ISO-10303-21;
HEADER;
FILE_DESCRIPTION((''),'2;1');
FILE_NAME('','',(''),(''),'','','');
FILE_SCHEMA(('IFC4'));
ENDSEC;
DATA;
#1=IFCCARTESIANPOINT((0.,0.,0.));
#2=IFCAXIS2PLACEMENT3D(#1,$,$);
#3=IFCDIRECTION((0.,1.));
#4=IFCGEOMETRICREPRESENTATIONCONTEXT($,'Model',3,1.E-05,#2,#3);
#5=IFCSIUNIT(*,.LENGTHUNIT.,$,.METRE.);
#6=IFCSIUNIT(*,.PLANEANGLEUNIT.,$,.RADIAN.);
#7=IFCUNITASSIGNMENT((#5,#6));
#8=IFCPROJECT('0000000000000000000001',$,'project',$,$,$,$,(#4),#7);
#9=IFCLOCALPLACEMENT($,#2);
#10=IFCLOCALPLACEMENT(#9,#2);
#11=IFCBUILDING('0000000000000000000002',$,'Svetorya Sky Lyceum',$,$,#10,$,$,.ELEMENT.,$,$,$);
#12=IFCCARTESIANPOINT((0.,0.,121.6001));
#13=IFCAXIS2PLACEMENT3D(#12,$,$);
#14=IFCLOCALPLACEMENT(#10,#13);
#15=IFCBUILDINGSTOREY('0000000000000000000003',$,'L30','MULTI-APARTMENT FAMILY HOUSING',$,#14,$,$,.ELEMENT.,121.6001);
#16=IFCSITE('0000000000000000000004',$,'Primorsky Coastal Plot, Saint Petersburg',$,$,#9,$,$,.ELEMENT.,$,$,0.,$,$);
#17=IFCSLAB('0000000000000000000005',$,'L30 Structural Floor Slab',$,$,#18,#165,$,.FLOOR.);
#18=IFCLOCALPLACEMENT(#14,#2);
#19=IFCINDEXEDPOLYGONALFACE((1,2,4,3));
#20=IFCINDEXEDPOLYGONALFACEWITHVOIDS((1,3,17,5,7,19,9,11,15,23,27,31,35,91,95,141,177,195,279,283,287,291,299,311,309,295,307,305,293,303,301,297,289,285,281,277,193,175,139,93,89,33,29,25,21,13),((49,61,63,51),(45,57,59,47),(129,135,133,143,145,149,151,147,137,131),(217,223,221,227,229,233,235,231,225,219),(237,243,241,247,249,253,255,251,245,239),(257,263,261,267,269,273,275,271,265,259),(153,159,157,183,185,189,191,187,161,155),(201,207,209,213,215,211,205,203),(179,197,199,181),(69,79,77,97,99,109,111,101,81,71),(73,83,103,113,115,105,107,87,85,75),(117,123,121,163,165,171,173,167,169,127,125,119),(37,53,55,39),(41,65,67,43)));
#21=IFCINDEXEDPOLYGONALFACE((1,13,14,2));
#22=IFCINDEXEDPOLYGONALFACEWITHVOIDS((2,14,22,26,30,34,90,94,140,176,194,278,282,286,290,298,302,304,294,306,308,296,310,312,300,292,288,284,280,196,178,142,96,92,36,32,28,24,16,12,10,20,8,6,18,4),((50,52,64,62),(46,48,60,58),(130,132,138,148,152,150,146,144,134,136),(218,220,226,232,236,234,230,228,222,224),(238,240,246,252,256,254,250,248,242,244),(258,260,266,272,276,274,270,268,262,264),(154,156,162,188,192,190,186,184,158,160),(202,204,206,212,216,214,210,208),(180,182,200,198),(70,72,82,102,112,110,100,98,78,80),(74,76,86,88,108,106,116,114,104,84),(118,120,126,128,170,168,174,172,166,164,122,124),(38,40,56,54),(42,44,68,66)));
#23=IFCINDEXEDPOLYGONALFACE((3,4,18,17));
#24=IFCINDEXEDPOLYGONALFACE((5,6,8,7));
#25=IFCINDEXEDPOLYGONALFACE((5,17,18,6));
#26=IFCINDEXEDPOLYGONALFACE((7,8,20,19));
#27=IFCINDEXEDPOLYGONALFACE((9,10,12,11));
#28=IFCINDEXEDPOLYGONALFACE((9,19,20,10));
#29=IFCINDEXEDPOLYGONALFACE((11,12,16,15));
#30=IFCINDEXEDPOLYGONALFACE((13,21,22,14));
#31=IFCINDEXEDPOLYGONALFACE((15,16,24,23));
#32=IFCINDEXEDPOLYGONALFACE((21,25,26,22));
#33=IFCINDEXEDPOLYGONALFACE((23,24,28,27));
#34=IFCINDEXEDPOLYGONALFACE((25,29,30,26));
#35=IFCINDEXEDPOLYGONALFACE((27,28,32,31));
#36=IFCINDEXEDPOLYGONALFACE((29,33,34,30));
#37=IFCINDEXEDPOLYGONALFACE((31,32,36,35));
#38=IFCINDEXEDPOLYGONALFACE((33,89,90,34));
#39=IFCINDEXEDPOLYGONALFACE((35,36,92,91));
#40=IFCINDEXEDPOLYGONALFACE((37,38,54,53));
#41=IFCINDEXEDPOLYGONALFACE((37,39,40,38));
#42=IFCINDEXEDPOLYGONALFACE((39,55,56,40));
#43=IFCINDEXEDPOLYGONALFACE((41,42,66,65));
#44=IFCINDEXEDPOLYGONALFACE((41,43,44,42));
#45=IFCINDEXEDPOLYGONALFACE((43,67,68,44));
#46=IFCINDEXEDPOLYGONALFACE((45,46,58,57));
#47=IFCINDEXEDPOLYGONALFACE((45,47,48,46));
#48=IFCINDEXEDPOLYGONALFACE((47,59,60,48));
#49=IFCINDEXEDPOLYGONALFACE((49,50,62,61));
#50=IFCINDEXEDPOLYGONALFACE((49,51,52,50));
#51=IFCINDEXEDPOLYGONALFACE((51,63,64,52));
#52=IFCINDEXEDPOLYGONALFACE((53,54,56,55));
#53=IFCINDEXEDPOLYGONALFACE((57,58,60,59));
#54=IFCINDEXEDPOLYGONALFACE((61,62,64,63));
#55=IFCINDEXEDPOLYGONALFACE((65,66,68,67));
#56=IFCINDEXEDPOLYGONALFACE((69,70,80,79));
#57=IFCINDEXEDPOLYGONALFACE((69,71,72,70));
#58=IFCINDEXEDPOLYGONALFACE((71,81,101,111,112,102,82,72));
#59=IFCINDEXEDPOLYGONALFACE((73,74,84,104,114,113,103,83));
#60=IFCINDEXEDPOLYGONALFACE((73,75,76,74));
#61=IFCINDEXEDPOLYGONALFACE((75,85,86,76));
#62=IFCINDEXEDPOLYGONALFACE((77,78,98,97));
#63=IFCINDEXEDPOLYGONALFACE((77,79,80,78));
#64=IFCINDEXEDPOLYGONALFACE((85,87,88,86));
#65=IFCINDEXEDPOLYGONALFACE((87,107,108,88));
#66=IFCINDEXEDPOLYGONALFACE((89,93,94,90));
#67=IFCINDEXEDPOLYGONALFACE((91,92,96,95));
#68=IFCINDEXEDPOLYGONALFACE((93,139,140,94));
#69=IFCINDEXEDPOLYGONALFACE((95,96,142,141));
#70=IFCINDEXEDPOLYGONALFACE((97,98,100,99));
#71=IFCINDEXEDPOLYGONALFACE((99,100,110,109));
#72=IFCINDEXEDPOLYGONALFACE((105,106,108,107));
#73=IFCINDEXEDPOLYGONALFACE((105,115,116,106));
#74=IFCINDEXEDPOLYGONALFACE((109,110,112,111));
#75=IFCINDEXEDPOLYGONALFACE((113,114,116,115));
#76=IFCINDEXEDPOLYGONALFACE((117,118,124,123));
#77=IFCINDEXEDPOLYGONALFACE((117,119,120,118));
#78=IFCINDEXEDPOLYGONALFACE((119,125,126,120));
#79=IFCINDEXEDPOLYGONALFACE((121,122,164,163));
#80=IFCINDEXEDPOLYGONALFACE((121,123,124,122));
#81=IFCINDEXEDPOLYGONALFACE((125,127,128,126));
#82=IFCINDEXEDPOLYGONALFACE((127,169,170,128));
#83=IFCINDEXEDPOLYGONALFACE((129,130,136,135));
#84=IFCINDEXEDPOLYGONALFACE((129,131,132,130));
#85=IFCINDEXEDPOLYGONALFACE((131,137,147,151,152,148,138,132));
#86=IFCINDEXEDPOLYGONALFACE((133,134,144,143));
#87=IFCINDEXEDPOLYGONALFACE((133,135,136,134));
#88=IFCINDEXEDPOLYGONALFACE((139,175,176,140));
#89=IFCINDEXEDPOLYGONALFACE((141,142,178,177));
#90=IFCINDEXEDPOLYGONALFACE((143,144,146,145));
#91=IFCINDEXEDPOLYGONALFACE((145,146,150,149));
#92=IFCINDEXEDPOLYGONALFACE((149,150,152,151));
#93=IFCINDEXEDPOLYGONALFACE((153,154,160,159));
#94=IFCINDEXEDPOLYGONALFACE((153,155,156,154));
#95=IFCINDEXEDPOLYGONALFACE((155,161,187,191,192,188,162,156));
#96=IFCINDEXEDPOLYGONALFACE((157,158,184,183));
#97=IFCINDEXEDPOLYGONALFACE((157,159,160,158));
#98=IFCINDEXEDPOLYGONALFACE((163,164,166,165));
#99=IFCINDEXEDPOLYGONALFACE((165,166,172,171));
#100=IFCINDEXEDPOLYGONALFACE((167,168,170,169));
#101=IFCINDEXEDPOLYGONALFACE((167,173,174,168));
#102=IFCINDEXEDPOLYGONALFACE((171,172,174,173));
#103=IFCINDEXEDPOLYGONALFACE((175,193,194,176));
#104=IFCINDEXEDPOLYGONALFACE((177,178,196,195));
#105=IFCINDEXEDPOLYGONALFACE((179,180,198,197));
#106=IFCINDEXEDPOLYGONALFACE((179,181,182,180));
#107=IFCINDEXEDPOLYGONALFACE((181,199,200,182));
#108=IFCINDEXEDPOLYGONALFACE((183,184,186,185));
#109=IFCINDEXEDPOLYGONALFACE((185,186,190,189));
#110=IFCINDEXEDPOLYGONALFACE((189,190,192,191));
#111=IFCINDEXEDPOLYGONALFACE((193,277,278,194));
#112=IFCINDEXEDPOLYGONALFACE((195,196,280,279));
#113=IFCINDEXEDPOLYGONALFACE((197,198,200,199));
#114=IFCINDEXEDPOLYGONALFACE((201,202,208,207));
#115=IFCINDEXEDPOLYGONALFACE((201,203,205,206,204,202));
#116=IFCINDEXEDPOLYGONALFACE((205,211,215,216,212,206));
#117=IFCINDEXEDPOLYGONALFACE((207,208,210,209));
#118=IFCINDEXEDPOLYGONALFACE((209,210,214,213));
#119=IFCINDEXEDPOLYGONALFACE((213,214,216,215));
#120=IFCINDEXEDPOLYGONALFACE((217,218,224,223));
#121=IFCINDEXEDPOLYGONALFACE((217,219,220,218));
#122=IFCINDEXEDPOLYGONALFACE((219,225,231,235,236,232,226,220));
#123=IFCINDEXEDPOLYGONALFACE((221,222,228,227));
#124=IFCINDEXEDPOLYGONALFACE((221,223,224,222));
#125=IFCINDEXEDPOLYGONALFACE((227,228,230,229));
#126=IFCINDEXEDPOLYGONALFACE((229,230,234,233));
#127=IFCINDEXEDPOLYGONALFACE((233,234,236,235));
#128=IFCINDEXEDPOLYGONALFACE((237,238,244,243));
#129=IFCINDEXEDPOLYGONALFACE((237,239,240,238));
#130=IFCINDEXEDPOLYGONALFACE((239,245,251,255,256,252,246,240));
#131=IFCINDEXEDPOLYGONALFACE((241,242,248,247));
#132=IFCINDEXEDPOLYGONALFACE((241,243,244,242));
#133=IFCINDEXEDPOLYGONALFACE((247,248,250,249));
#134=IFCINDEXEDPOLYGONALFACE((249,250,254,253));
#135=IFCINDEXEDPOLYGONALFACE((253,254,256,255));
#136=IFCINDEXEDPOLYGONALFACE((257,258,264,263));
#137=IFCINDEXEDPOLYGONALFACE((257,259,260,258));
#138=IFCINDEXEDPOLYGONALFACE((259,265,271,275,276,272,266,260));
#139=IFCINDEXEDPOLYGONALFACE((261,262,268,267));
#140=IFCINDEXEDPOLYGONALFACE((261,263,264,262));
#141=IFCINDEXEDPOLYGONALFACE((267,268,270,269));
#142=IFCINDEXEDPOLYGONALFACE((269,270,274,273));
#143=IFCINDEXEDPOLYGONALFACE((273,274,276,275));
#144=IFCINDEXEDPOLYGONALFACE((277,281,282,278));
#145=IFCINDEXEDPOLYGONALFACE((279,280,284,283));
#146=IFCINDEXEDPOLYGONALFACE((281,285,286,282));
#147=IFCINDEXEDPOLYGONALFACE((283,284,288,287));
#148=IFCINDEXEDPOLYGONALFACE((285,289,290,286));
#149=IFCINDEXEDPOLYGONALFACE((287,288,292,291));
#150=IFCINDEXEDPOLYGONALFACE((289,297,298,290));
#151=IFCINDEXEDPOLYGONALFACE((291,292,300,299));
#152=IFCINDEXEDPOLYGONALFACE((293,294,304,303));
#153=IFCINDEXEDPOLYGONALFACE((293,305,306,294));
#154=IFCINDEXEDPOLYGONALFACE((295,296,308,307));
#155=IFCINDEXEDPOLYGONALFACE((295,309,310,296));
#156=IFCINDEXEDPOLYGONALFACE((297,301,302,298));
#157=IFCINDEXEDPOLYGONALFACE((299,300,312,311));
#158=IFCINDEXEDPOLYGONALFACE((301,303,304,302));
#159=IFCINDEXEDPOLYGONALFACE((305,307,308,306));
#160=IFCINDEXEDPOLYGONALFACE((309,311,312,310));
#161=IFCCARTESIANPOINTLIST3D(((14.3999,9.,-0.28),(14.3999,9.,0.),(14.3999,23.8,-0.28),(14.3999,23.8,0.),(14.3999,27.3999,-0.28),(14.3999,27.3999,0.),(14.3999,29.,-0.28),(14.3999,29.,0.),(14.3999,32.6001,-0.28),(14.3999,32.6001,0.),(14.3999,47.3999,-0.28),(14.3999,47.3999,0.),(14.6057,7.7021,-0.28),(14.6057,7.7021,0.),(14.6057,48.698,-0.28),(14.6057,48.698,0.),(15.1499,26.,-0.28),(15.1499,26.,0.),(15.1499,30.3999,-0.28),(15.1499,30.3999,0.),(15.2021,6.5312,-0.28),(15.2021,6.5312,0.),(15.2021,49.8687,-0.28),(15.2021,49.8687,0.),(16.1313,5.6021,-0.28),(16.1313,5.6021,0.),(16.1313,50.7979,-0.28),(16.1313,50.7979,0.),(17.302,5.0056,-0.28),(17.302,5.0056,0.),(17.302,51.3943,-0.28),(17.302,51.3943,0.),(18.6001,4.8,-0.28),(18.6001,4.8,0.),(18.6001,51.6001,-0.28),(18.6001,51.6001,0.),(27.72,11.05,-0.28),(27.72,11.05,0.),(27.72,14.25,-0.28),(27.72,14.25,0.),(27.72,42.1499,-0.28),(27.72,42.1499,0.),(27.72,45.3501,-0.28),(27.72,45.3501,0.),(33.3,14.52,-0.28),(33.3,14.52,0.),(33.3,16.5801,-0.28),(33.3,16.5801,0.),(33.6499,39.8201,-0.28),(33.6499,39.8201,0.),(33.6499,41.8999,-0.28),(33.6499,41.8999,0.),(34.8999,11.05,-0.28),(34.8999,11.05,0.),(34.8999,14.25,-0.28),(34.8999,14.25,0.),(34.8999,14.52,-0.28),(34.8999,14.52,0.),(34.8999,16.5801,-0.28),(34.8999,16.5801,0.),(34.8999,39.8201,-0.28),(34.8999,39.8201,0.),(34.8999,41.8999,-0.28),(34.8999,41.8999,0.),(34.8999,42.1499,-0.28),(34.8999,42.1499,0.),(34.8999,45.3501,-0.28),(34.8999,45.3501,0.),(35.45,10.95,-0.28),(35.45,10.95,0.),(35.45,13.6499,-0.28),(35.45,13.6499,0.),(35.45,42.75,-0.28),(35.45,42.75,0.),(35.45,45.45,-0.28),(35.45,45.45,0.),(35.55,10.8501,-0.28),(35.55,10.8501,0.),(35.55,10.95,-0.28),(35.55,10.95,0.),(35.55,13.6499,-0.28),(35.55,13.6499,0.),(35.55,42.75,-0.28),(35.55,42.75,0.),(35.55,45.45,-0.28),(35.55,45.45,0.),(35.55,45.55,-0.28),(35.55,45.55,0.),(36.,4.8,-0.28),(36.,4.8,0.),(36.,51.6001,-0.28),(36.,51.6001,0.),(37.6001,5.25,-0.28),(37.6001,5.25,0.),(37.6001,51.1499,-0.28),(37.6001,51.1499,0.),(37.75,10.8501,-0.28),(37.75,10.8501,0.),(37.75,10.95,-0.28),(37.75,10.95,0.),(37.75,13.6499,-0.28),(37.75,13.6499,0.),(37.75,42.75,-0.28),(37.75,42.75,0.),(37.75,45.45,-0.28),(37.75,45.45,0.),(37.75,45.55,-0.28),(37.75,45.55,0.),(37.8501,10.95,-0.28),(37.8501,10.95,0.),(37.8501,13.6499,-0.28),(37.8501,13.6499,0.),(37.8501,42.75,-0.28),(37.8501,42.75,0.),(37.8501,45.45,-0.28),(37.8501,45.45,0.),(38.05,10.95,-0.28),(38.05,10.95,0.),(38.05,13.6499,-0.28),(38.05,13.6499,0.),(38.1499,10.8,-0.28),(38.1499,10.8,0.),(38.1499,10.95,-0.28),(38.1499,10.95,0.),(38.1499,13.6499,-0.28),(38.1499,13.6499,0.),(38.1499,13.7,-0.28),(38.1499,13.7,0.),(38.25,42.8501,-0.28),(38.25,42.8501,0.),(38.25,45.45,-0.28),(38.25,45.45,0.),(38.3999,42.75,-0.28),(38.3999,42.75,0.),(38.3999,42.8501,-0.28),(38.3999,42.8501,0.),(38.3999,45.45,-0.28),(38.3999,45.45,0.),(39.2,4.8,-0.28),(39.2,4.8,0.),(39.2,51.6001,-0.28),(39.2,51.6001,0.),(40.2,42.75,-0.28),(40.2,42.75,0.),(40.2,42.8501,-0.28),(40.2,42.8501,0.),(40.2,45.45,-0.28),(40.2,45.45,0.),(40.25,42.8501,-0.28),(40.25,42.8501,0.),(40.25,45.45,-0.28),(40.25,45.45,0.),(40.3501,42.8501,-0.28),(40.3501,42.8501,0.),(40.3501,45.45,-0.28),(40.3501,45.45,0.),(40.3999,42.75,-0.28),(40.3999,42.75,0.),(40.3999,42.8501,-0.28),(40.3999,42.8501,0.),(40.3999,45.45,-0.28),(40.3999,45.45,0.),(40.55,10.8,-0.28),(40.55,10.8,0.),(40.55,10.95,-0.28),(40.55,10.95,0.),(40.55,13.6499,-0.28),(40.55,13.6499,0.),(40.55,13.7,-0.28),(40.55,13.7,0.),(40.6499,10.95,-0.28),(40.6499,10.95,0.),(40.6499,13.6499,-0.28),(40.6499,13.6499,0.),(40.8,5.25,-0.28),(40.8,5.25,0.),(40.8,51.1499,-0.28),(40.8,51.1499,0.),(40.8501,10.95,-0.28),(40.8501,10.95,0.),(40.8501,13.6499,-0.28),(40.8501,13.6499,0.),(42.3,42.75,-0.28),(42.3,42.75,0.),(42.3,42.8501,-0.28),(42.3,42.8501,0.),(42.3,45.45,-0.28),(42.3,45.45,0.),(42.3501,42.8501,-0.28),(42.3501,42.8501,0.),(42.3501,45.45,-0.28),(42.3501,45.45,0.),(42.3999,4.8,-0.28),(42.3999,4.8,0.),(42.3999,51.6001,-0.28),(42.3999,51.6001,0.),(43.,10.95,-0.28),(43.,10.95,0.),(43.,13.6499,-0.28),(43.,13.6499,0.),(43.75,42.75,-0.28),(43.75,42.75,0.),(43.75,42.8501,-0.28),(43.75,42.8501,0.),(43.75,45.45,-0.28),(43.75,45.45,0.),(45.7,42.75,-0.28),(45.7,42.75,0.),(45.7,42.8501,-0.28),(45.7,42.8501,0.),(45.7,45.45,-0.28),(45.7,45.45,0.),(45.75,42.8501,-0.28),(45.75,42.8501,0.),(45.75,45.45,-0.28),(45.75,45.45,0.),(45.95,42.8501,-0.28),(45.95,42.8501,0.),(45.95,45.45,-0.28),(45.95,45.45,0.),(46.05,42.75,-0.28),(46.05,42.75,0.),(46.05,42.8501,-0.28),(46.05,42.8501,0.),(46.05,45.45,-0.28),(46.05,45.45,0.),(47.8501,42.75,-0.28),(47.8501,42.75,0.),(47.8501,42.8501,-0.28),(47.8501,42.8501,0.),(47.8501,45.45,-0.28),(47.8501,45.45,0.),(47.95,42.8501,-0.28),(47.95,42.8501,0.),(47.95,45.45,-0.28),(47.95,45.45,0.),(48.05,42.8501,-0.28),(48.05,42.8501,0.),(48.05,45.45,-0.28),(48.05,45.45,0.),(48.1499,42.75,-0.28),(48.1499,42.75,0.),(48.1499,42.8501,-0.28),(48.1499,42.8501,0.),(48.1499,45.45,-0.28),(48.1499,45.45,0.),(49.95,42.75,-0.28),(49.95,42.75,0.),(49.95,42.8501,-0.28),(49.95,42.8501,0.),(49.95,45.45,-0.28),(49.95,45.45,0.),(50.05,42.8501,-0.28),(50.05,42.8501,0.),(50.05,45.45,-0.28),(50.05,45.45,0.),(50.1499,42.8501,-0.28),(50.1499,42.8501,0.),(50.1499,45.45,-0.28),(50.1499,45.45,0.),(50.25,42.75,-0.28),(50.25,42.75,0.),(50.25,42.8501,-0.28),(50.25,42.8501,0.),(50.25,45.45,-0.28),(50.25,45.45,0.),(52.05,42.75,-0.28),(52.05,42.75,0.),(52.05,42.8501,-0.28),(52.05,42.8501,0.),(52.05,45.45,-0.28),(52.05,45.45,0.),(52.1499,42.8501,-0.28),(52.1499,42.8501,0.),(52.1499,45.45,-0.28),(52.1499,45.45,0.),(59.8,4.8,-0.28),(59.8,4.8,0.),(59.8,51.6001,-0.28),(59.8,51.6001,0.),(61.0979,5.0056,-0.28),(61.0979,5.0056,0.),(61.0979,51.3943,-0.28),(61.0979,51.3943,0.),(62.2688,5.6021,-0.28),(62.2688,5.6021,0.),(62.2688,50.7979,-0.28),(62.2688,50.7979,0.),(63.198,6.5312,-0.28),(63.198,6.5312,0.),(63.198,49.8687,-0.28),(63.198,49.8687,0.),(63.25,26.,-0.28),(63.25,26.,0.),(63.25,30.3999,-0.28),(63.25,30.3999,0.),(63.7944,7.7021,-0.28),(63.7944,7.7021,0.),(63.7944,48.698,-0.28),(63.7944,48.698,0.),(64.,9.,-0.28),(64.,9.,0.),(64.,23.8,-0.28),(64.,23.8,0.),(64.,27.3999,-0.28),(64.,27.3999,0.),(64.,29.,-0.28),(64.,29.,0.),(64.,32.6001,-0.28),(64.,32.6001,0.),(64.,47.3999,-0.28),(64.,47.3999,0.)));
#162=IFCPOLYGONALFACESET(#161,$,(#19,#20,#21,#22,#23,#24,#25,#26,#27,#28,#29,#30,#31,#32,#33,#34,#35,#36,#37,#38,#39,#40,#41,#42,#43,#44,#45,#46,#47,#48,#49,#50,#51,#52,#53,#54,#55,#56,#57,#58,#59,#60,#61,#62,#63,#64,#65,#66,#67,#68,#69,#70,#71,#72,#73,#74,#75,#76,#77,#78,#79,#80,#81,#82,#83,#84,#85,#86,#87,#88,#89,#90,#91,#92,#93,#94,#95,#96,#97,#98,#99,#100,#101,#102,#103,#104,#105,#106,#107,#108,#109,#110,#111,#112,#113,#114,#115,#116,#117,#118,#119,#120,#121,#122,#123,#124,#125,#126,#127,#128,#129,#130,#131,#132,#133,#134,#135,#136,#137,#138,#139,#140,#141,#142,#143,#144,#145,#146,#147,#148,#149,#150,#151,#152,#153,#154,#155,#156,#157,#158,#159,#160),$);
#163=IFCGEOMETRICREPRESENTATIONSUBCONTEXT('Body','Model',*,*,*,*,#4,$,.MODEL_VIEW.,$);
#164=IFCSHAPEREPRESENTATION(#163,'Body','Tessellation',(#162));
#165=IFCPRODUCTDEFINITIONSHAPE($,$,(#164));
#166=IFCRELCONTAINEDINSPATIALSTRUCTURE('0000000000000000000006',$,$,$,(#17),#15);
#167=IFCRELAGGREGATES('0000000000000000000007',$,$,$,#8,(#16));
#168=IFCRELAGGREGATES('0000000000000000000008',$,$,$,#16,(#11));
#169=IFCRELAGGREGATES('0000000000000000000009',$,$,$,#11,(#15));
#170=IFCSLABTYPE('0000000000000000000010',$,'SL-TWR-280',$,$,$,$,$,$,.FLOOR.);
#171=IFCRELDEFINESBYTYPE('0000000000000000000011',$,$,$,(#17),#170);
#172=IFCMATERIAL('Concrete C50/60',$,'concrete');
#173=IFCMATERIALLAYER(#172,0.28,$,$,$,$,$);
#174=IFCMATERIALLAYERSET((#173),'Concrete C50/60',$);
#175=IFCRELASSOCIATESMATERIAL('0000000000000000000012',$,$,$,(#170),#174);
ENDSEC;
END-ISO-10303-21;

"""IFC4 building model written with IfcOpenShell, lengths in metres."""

from ifc_helpers import new_model, si_unit, direction, frame, origin, place, context, subcontext, project, spatial, polyline, outline, extrude, material, layer, layer_set, type_object, element, save


model = new_model("IFC4")

# Units and contexts
model_context = context("Model", 3, precision=1e-05, world=origin(), true_north=direction((0.0, 1.0)))
body_context = subcontext(model_context, "Body", "Model", "MODEL_VIEW")
ifc_project = project(units=[si_unit("LENGTHUNIT", "METRE"), si_unit("PLANEANGLEUNIT", "RADIAN")], contexts=[model_context])

# Site, building, storey
site_placement = place(None, origin())
site = spatial("IfcSite", under=ifc_project, at=site_placement, Name="Primorsky Coastal Plot, Saint Petersburg", CompositionType="ELEMENT", RefElevation=0.0)
building_placement = place(site_placement, origin())
building = spatial("IfcBuilding", under=site, at=building_placement, Name="Svetorya Sky Lyceum", CompositionType="ELEMENT")
storey_placement = place(building_placement, frame((0.0, 0.0, 121.6001)))
storey = spatial("IfcBuildingStorey", under=building, at=storey_placement, Name="L30", Description="MULTI-APARTMENT FAMILY HOUSING", CompositionType="ELEMENT", Elevation=121.6001)

# Shared definitions
ifc_material_1 = material(Name="Concrete C50/60", Category="concrete")

# Slab
ifc_layer_1 = layer(ifc_material_1, 0.28)
ifc_layer_set_1 = layer_set([ifc_layer_1], Name="Concrete C50/60")
slab_type_1 = type_object("IfcSlabType", Name="SL-TWR-280", PredefinedType="FLOOR", material=ifc_layer_set_1)
slab_1_placement = place(storey_placement, frame((0.0, 0.0, -0.28)))
element("IfcSlab", 1, at=slab_1_placement, inside=storey, type_object=slab_type_1, Name="L30 Structural Floor Slab", PredefinedType="FLOOR", context=body_context, shape_type="SweptSolid", body=[
    extrude(outline(polyline([(14.3999, 9.0), (14.6057, 7.7021), (15.2021, 6.5312), (16.1313, 5.6021), (17.302, 5.0056), (18.6001, 4.8), (36.0, 4.8), (37.6001, 5.25), (39.2, 4.8), (40.8, 5.25), (42.3999, 4.8), (59.8, 4.8), (61.0979, 5.0056), (62.2688, 5.6021), (63.198, 6.5312), (63.7944, 7.7021), (64.0, 9.0), (64.0, 23.8), (63.25, 26.0), (64.0, 27.3999), (64.0, 29.0), (63.25, 30.3999), (64.0, 32.6001), (64.0, 47.3999), (63.7944, 48.698), (63.198, 49.8687), (62.2688, 50.7979), (61.0979, 51.3943), (59.8, 51.6001), (42.3999, 51.6001), (40.8, 51.1499), (39.2, 51.6001), (37.6001, 51.1499), (36.0, 51.6001), (18.6001, 51.6001), (17.302, 51.3943), (16.1313, 50.7979), (15.2021, 49.8687), (14.6057, 48.698), (14.3999, 47.3999), (14.3999, 32.6001), (15.1499, 30.3999), (14.3999, 29.0), (14.3999, 27.3999), (15.1499, 26.0), (14.3999, 23.8), (14.3999, 9.0)]), holes=[polyline([(37.8501, 10.95), (37.75, 10.95), (37.75, 10.8501), (35.55, 10.8501), (35.55, 10.95), (35.45, 10.95), (35.45, 13.6499), (35.55, 13.6499), (37.75, 13.6499), (37.8501, 13.6499), (37.8501, 10.95)]), polyline([(40.6499, 13.6499), (40.6499, 10.95), (40.55, 10.95), (40.55, 10.8), (38.1499, 10.8), (38.1499, 10.95), (38.05, 10.95), (38.05, 13.6499), (38.1499, 13.6499), (38.1499, 13.7), (40.55, 13.7), (40.55, 13.6499), (40.6499, 13.6499)]), polyline([(27.72, 14.25), (34.8999, 14.25), (34.8999, 11.05), (27.72, 11.05), (27.72, 14.25)]), polyline([(33.3, 14.52), (33.3, 16.5801), (34.8999, 16.5801), (34.8999, 14.52), (33.3, 14.52)]), polyline([(33.6499, 41.8999), (34.8999, 41.8999), (34.8999, 39.8201), (33.6499, 39.8201), (33.6499, 41.8999)]), polyline([(27.72, 45.3501), (34.8999, 45.3501), (34.8999, 42.1499), (27.72, 42.1499), (27.72, 45.3501)]), polyline([(37.75, 45.55), (37.75, 45.45), (37.8501, 45.45), (37.8501, 42.75), (37.75, 42.75), (35.55, 42.75), (35.45, 42.75), (35.45, 45.45), (35.55, 45.45), (35.55, 45.55), (37.75, 45.55)]), polyline([(38.3999, 42.8501), (38.25, 42.8501), (38.25, 45.45), (38.3999, 45.45), (40.2, 45.45), (40.25, 45.45), (40.25, 42.8501), (40.2, 42.8501), (40.2, 42.75), (38.3999, 42.75), (38.3999, 42.8501)]), polyline([(40.8501, 13.6499), (43.0, 13.6499), (43.0, 10.95), (40.8501, 10.95), (40.8501, 13.6499)]), polyline([(40.3999, 42.8501), (40.3501, 42.8501), (40.3501, 45.45), (40.3999, 45.45), (42.3, 45.45), (42.3501, 45.45), (42.3501, 42.8501), (42.3, 42.8501), (42.3, 42.75), (40.3999, 42.75), (40.3999, 42.8501)]), polyline([(43.75, 42.75), (43.75, 42.8501), (43.75, 45.45), (45.7, 45.45), (45.75, 45.45), (45.75, 42.8501), (45.7, 42.8501), (45.7, 42.75), (43.75, 42.75)]), polyline([(46.05, 42.8501), (45.95, 42.8501), (45.95, 45.45), (46.05, 45.45), (47.8501, 45.45), (47.95, 45.45), (47.95, 42.8501), (47.8501, 42.8501), (47.8501, 42.75), (46.05, 42.75), (46.05, 42.8501)]), polyline([(48.1499, 42.8501), (48.05, 42.8501), (48.05, 45.45), (48.1499, 45.45), (49.95, 45.45), (50.05, 45.45), (50.05, 42.8501), (49.95, 42.8501), (49.95, 42.75), (48.1499, 42.75), (48.1499, 42.8501)]), polyline([(52.1499, 42.8501), (52.05, 42.8501), (52.05, 42.75), (50.25, 42.75), (50.25, 42.8501), (50.1499, 42.8501), (50.1499, 45.45), (50.25, 45.45), (52.05, 45.45), (52.1499, 45.45), (52.1499, 42.8501)])]), origin(), (0.0, 0.0, 1.0), 0.28),
])

save(model, "model.ifc")
